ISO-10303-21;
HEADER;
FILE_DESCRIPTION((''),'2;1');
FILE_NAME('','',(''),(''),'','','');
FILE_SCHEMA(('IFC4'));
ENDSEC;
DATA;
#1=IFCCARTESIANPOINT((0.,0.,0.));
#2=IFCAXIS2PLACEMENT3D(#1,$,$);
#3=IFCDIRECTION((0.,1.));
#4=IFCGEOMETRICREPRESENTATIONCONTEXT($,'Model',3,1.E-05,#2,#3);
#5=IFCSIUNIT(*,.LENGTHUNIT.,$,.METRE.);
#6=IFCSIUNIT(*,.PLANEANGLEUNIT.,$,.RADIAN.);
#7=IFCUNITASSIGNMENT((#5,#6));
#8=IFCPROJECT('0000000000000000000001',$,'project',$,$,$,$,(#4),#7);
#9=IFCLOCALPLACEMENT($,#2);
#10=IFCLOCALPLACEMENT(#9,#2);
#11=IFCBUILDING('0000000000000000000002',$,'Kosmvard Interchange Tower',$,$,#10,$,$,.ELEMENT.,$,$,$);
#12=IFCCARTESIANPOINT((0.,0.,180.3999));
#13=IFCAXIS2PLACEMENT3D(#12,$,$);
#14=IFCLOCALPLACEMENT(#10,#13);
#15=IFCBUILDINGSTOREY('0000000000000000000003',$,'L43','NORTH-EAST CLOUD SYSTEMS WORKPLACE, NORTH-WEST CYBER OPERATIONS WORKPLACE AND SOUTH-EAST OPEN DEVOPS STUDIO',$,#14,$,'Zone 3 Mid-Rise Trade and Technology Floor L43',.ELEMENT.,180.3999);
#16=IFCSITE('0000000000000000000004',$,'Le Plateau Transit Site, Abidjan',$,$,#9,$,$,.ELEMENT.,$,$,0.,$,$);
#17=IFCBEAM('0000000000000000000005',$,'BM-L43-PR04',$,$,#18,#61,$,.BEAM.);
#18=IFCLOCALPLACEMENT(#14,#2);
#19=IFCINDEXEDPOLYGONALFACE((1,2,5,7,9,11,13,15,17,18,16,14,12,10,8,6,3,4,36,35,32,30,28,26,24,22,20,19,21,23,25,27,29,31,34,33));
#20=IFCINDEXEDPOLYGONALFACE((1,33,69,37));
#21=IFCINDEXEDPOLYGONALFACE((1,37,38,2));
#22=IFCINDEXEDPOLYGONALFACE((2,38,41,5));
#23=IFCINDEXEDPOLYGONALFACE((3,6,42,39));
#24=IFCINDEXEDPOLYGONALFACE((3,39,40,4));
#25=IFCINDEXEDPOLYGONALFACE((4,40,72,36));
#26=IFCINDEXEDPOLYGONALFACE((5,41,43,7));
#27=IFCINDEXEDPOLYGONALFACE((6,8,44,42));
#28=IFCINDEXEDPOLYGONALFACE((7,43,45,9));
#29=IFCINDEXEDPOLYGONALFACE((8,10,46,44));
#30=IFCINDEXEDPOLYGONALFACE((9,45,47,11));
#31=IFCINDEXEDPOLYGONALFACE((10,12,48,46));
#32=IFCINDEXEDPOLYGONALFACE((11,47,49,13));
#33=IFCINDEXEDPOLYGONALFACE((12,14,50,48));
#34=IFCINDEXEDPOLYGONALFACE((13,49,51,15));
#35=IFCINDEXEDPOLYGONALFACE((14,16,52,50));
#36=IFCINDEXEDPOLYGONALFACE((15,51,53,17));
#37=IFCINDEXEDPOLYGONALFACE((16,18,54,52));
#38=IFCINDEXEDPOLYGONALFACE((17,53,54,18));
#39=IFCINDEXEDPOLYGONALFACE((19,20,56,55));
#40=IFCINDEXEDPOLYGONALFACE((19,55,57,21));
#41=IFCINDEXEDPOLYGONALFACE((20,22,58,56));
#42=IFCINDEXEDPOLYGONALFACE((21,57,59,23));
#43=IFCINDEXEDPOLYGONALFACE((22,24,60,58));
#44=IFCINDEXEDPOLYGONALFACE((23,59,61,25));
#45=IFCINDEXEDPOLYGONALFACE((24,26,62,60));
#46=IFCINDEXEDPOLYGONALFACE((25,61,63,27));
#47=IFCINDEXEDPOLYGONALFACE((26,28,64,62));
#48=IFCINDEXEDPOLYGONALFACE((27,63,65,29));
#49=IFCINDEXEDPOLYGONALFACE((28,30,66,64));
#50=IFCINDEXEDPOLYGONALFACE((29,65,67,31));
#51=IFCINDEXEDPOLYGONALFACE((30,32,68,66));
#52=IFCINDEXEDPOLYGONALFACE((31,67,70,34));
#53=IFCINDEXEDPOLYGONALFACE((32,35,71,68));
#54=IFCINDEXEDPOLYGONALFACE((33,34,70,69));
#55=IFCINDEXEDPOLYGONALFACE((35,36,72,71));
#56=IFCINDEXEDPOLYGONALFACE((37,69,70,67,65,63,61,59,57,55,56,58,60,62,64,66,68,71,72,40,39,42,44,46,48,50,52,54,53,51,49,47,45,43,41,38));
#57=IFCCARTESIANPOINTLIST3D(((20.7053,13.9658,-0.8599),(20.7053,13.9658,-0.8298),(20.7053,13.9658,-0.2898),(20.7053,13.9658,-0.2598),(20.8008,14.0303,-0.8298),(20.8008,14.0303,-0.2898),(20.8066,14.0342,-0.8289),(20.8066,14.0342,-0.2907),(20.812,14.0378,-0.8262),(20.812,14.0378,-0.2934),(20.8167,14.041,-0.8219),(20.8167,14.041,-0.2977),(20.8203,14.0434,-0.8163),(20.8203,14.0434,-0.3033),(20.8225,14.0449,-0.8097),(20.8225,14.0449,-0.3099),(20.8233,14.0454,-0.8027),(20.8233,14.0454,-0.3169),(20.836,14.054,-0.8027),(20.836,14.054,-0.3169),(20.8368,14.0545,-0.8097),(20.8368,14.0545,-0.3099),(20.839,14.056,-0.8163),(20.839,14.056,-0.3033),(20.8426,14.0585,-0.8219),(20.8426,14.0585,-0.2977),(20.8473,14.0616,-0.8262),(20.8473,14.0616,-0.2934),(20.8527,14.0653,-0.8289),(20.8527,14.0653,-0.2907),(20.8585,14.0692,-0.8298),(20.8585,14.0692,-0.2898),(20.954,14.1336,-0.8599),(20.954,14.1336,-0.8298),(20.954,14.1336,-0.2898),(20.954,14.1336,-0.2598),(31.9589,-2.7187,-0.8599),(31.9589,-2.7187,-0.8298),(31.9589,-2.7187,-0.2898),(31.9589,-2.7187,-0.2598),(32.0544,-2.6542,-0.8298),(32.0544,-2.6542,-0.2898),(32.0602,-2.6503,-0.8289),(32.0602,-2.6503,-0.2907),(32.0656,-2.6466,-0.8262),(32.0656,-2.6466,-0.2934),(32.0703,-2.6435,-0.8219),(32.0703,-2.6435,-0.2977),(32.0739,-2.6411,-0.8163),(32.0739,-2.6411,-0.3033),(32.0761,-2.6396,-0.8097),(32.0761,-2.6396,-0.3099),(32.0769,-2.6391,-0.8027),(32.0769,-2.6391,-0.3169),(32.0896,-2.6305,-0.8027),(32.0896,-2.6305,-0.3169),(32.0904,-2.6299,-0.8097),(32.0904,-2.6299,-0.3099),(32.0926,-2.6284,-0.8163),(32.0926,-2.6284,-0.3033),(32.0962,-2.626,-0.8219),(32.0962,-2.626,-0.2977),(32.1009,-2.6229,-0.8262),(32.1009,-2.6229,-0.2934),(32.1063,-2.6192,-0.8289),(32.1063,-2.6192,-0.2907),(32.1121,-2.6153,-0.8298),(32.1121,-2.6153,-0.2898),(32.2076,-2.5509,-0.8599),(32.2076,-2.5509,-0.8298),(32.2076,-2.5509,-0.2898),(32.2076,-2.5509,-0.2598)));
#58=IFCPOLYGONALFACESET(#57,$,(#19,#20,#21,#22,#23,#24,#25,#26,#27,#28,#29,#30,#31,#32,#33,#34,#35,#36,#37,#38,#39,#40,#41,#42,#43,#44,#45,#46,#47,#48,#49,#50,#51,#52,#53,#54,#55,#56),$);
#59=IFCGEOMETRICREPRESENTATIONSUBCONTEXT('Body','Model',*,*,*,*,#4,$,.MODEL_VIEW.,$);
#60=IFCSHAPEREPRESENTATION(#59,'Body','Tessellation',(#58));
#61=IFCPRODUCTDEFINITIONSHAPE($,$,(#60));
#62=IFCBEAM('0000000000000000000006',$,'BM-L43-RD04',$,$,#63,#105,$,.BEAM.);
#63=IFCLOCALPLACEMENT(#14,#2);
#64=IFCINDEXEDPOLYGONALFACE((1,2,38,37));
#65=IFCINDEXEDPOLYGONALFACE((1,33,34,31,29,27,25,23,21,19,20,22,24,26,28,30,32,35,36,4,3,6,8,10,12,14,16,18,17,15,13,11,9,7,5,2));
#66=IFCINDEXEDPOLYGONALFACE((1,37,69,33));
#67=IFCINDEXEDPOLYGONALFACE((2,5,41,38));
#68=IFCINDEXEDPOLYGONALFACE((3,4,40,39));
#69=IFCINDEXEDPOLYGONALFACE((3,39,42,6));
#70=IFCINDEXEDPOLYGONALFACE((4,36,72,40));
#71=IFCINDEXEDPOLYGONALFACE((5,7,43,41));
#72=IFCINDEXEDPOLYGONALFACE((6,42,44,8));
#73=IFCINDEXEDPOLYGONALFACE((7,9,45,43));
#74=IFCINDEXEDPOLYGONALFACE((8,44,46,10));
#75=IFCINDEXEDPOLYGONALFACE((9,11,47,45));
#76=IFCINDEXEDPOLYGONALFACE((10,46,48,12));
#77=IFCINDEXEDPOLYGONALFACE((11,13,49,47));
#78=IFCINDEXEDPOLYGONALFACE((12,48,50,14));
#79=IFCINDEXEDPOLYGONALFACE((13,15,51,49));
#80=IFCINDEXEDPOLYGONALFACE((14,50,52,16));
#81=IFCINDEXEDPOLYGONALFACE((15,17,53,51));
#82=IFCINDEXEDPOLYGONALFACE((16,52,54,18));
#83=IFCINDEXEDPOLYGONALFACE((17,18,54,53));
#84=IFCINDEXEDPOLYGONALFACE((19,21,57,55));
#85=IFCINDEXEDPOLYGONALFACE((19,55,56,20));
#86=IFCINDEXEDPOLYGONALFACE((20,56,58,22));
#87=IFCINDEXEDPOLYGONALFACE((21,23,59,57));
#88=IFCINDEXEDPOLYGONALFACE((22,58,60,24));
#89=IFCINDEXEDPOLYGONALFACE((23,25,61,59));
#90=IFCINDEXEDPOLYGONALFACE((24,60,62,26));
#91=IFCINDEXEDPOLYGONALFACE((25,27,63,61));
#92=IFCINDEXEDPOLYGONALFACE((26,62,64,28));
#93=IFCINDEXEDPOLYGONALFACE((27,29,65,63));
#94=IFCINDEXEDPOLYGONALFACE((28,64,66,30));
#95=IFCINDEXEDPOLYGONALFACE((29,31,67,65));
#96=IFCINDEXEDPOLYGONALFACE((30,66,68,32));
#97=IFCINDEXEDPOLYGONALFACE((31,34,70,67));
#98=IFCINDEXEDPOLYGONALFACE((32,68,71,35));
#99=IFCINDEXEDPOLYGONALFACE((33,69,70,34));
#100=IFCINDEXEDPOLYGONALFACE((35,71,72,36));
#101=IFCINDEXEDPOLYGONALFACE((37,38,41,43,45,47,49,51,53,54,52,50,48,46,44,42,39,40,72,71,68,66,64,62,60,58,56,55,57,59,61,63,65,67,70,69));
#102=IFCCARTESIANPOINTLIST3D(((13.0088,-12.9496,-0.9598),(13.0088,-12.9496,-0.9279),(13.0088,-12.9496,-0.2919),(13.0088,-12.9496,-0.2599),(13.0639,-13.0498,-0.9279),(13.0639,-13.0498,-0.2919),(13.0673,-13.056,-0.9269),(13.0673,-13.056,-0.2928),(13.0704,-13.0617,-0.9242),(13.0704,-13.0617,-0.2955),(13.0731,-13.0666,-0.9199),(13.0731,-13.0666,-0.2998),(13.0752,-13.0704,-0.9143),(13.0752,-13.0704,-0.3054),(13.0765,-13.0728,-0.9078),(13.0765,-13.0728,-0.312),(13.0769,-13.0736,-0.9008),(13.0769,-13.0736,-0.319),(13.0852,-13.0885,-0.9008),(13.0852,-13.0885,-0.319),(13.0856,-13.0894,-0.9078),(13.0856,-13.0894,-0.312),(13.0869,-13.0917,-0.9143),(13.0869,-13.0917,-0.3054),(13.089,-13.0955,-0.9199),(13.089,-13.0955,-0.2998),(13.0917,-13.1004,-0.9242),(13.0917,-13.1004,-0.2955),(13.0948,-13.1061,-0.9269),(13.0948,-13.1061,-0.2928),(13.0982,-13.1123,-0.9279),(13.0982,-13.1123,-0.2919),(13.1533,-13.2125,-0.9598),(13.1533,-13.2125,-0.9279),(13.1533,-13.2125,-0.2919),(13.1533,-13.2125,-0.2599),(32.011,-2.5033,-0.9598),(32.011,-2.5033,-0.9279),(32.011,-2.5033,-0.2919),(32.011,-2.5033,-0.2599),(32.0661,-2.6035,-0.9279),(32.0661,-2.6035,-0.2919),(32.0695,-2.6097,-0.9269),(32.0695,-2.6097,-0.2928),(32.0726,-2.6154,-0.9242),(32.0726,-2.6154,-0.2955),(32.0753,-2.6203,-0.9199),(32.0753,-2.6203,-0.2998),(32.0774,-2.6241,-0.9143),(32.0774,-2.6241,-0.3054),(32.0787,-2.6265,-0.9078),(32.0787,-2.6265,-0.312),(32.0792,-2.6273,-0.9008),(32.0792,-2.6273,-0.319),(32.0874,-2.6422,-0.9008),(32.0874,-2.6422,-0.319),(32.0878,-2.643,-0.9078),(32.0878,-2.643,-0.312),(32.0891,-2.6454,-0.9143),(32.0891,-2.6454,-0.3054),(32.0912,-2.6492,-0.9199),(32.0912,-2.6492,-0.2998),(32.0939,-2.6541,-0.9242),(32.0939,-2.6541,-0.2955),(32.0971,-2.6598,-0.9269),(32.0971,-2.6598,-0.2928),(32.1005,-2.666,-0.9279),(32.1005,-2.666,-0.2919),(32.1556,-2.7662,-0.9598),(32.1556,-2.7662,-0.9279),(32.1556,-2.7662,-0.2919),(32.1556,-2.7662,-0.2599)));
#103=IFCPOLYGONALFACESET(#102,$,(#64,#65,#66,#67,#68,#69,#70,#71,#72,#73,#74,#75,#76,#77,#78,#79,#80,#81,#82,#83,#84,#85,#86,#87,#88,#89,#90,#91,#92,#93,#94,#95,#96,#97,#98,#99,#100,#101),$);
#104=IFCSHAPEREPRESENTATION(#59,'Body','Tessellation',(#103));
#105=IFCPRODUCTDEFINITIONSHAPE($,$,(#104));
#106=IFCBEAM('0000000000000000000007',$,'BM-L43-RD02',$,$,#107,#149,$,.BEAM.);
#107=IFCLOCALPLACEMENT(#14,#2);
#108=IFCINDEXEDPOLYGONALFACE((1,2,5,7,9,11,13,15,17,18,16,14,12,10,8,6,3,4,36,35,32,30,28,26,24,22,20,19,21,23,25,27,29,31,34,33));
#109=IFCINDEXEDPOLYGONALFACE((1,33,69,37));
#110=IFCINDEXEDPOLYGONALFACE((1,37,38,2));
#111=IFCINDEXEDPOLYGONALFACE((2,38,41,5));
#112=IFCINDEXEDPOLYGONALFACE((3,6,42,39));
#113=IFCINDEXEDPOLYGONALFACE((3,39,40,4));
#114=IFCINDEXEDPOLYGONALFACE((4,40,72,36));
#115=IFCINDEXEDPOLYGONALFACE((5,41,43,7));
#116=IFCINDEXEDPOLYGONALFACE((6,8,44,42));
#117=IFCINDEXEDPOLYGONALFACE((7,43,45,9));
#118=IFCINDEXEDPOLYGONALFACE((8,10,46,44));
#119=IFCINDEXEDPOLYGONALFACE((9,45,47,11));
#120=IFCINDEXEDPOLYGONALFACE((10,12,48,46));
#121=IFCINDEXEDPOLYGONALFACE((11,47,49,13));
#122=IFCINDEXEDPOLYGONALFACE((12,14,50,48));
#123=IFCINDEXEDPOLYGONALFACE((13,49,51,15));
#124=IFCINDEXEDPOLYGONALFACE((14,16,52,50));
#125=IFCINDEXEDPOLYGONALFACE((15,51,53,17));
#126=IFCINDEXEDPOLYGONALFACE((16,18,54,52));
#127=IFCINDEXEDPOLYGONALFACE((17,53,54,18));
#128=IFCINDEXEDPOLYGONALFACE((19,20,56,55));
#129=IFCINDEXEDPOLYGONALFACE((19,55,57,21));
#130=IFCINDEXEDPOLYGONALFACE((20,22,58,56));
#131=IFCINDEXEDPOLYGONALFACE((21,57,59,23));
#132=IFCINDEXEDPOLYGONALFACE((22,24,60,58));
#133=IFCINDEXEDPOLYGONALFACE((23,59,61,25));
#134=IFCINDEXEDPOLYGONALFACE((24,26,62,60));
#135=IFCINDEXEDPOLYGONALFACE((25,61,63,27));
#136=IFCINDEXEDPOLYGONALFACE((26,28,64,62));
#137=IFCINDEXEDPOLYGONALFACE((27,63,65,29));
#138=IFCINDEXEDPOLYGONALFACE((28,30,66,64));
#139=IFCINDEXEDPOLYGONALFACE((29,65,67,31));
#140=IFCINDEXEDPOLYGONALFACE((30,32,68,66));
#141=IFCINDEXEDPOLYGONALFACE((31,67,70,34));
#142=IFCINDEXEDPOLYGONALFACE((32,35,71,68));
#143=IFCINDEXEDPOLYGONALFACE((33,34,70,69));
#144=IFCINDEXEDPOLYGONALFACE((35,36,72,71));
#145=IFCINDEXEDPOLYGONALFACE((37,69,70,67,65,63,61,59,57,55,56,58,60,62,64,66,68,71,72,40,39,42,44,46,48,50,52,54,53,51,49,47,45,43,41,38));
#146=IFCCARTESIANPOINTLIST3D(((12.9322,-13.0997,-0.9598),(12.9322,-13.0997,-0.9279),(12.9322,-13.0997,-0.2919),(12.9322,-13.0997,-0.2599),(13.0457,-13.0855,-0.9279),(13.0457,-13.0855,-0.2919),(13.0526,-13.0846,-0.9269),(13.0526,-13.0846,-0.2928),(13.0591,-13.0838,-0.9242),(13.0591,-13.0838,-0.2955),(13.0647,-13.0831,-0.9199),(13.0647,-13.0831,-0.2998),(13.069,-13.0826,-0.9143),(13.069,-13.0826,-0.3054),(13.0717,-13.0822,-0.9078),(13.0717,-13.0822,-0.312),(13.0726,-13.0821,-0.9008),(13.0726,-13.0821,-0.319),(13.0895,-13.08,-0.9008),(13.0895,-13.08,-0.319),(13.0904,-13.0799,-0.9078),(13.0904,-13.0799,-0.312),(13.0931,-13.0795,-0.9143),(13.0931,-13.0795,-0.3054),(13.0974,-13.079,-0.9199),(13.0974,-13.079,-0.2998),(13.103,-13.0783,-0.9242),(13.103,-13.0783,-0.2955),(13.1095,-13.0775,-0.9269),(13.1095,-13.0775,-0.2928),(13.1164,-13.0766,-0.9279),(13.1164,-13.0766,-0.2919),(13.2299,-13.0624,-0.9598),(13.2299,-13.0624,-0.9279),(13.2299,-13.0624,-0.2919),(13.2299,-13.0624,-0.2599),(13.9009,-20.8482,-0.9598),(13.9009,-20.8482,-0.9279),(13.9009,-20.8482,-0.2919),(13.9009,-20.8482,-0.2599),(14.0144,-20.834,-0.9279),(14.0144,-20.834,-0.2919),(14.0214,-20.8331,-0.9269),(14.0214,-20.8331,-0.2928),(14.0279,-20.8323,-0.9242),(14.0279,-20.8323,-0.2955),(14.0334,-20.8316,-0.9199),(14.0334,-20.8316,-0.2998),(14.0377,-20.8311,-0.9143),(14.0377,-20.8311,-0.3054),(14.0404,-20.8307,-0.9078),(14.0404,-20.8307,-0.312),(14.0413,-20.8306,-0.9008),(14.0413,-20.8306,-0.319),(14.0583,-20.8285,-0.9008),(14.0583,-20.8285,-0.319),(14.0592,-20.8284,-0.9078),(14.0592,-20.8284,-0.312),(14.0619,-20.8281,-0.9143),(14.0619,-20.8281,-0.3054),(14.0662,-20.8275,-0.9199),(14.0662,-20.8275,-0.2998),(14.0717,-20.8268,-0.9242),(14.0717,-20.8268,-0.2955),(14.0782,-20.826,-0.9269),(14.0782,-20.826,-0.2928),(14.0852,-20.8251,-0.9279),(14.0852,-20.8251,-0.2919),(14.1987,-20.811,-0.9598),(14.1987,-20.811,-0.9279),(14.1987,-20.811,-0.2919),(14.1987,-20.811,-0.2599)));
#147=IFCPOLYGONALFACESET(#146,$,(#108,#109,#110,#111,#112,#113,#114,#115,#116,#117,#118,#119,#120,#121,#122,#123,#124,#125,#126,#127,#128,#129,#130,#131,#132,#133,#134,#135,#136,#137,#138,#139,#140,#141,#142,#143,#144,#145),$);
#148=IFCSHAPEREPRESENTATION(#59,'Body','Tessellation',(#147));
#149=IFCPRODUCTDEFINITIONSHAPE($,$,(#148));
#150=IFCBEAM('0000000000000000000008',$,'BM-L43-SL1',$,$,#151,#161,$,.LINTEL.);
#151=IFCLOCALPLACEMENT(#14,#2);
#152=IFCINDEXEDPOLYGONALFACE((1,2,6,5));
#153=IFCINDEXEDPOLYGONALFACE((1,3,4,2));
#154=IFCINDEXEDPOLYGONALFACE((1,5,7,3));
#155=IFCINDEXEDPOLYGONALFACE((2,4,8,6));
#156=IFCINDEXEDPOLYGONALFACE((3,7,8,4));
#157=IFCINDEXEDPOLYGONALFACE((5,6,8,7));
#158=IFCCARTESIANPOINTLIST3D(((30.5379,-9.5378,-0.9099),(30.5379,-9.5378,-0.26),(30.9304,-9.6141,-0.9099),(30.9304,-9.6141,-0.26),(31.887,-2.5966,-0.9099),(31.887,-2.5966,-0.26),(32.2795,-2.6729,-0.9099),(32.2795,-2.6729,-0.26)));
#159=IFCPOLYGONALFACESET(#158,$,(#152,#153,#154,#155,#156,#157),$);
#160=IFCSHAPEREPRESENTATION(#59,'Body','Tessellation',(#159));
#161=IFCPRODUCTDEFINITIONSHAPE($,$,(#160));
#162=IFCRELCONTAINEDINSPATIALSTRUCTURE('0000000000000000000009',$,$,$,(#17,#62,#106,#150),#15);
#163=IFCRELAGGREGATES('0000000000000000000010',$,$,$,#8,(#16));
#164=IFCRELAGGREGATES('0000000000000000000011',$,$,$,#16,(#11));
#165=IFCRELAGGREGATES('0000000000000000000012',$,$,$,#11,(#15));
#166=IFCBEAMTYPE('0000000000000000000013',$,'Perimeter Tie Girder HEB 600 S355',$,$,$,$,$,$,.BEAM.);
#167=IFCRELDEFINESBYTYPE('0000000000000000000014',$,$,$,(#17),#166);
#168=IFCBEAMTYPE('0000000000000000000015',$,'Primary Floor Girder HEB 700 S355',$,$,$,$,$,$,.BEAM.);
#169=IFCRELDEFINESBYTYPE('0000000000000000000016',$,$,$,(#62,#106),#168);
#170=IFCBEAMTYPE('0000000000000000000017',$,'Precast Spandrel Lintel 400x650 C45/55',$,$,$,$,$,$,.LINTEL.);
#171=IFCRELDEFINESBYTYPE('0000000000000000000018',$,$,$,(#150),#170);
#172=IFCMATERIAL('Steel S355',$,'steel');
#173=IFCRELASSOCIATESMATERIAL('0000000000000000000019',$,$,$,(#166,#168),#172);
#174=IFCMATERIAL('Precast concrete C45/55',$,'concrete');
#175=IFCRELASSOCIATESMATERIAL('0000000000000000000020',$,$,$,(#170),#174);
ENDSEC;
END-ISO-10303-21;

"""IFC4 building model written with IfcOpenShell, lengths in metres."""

from ifc_helpers import new_model, si_unit, direction, frame, origin, origin_2d, place, context, subcontext, project, spatial, rectangle, i_section, extrude, source, transform, mapped, material, material_profile, profile_set, type_object, element, save


model = new_model("IFC4")

# Units and contexts
model_context = context("Model", 3, precision=1e-05, world=origin(), true_north=direction((0.0, 1.0)))
body_context = subcontext(model_context, "Body", "Model", "MODEL_VIEW")
ifc_project = project(units=[si_unit("LENGTHUNIT", "METRE"), si_unit("PLANEANGLEUNIT", "RADIAN")], contexts=[model_context])

# Site, building, storey
site_placement = place(None, origin())
site = spatial("IfcSite", under=ifc_project, at=site_placement, Name="Le Plateau Transit Site, Abidjan", CompositionType="ELEMENT", RefElevation=0.0)
building_placement = place(site_placement, origin())
building = spatial("IfcBuilding", under=site, at=building_placement, Name="Kosmvard Interchange Tower", CompositionType="ELEMENT")
storey_placement = place(building_placement, frame((0.0, 0.0, 180.3999)))
storey = spatial("IfcBuildingStorey", under=building, at=storey_placement, Name="L43", Description="NORTH-EAST CLOUD SYSTEMS WORKPLACE, NORTH-WEST CYBER OPERATIONS WORKPLACE AND SOUTH-EAST OPEN DEVOPS STUDIO", LongName="Zone 3 Mid-Rise Trade and Technology Floor L43", CompositionType="ELEMENT", Elevation=180.3999)

# Beams
ifc_material_1 = material(Name="Steel S355", Category="steel")
ifc_material_profile_1 = material_profile(ifc_material_1, i_section(OverallWidth=0.3, OverallDepth=0.6001, WebThickness=0.0154, FlangeThickness=0.03, FilletRadius=0.0271, at=origin_2d()), Name="HEB 600")
ifc_profile_set_1 = profile_set([ifc_material_profile_1], Name="Steel S355")
beam_type_1 = type_object("IfcBeamType", Name="Perimeter Tie Girder HEB 600 S355", PredefinedType="BEAM", material=ifc_profile_set_1)
shared_shape_1 = source(origin(), body_context, "Body", "SweptSolid", [
    extrude(i_section(OverallWidth=0.3, OverallDepth=0.6001, WebThickness=0.0154, FlangeThickness=0.03, FilletRadius=0.0271, at=origin_2d()), origin(), (0.0, 0.0, 1.0), 20.125),
])
for number, where, z_axis, x_axis, name in (
    (1, (32.0833, -2.6348, -0.5598), (-0.559185, 0.829043, 0.0), (-0.829043, -0.559185, 0.0), "BM-L43-PR04"),
):
    element("IfcBeam", number, at=place(storey_placement, frame(where, z_axis=z_axis, x_axis=x_axis)), inside=storey, type_object=beam_type_1, Name=name, PredefinedType="BEAM", context=body_context, shape_type="MappedRepresentation", body=[
        mapped(shared_shape_1, transform((0.0, 0.0, 0.0), scale=1.0)),
    ])
ifc_material_profile_2 = material_profile(ifc_material_1, i_section(OverallWidth=0.3, OverallDepth=0.7, WebThickness=0.0171, FlangeThickness=0.032, FilletRadius=0.0271, at=origin_2d()), Name="HEB 700")
ifc_profile_set_2 = profile_set([ifc_material_profile_2], Name="Steel S355")
beam_type_2 = type_object("IfcBeamType", Name="Primary Floor Girder HEB 700 S355", PredefinedType="BEAM", material=ifc_profile_set_2)
shared_shape_2 = source(origin(), body_context, "Body", "SweptSolid", [
    extrude(i_section(OverallWidth=0.3, OverallDepth=0.7, WebThickness=0.0171, FlangeThickness=0.032, FilletRadius=0.0271, at=origin_2d()), origin(), (0.0, 0.0, 1.0), 21.6843),
])
beam_1_placement = place(storey_placement, frame((13.0811, -13.0811, -0.6099), z_axis=(0.876312, 0.481745, 0.0), x_axis=(-0.481745, 0.876312, 0.0)))
element("IfcBeam", 2, at=beam_1_placement, inside=storey, type_object=beam_type_2, Name="BM-L43-RD04", PredefinedType="BEAM", context=body_context, shape_type="MappedRepresentation", body=[
    mapped(shared_shape_2, transform((0.0, 0.0, 0.0), scale=1.0)),
])
shared_shape_3 = source(origin(), body_context, "Body", "SweptSolid", [
    extrude(i_section(OverallWidth=0.3, OverallDepth=0.7, WebThickness=0.0171, FlangeThickness=0.032, FilletRadius=0.0271, at=origin_2d()), origin(), (0.0, 0.0, 1.0), 7.8088),
])
beam_2_placement = place(storey_placement, frame((13.0811, -13.0811, -0.6099), z_axis=(0.124058, -0.992275, 0.0), x_axis=(0.992275, 0.124058, 0.0)))
element("IfcBeam", 3, at=beam_2_placement, inside=storey, type_object=beam_type_2, Name="BM-L43-RD02", PredefinedType="BEAM", context=body_context, shape_type="MappedRepresentation", body=[
    mapped(shared_shape_3, transform((0.0, 0.0, 0.0), scale=1.0)),
])
ifc_material_2 = material(Name="Precast concrete C45/55", Category="concrete")
ifc_material_profile_3 = material_profile(ifc_material_2, rectangle(XDim=0.3999, YDim=0.6499, at=origin_2d()), Name="SL 400x650")
ifc_profile_set_3 = profile_set([ifc_material_profile_3], Name="Precast concrete C45/55")
beam_type_3 = type_object("IfcBeamType", Name="Precast Spandrel Lintel 400x650 C45/55", PredefinedType="LINTEL", material=ifc_profile_set_3)
shared_shape_4 = source(origin(), body_context, "Body", "SweptSolid", [
    extrude(rectangle(XDim=0.3999, YDim=0.6499, at=origin_2d()), origin(), (0.0, 0.0, 1.0), 7.071),
])
beam_3_placement = place(storey_placement, frame((30.7341, -9.5759, -0.585), z_axis=(0.190795, 0.98163, 0.0), x_axis=(-0.98163, 0.190795, 0.0)))
element("IfcBeam", 4, at=beam_3_placement, inside=storey, type_object=beam_type_3, Name="BM-L43-SL1", PredefinedType="LINTEL", context=body_context, shape_type="MappedRepresentation", body=[
    mapped(shared_shape_4, transform((0.0, 0.0, 0.0), scale=1.0)),
])

save(model, "model.ifc")
